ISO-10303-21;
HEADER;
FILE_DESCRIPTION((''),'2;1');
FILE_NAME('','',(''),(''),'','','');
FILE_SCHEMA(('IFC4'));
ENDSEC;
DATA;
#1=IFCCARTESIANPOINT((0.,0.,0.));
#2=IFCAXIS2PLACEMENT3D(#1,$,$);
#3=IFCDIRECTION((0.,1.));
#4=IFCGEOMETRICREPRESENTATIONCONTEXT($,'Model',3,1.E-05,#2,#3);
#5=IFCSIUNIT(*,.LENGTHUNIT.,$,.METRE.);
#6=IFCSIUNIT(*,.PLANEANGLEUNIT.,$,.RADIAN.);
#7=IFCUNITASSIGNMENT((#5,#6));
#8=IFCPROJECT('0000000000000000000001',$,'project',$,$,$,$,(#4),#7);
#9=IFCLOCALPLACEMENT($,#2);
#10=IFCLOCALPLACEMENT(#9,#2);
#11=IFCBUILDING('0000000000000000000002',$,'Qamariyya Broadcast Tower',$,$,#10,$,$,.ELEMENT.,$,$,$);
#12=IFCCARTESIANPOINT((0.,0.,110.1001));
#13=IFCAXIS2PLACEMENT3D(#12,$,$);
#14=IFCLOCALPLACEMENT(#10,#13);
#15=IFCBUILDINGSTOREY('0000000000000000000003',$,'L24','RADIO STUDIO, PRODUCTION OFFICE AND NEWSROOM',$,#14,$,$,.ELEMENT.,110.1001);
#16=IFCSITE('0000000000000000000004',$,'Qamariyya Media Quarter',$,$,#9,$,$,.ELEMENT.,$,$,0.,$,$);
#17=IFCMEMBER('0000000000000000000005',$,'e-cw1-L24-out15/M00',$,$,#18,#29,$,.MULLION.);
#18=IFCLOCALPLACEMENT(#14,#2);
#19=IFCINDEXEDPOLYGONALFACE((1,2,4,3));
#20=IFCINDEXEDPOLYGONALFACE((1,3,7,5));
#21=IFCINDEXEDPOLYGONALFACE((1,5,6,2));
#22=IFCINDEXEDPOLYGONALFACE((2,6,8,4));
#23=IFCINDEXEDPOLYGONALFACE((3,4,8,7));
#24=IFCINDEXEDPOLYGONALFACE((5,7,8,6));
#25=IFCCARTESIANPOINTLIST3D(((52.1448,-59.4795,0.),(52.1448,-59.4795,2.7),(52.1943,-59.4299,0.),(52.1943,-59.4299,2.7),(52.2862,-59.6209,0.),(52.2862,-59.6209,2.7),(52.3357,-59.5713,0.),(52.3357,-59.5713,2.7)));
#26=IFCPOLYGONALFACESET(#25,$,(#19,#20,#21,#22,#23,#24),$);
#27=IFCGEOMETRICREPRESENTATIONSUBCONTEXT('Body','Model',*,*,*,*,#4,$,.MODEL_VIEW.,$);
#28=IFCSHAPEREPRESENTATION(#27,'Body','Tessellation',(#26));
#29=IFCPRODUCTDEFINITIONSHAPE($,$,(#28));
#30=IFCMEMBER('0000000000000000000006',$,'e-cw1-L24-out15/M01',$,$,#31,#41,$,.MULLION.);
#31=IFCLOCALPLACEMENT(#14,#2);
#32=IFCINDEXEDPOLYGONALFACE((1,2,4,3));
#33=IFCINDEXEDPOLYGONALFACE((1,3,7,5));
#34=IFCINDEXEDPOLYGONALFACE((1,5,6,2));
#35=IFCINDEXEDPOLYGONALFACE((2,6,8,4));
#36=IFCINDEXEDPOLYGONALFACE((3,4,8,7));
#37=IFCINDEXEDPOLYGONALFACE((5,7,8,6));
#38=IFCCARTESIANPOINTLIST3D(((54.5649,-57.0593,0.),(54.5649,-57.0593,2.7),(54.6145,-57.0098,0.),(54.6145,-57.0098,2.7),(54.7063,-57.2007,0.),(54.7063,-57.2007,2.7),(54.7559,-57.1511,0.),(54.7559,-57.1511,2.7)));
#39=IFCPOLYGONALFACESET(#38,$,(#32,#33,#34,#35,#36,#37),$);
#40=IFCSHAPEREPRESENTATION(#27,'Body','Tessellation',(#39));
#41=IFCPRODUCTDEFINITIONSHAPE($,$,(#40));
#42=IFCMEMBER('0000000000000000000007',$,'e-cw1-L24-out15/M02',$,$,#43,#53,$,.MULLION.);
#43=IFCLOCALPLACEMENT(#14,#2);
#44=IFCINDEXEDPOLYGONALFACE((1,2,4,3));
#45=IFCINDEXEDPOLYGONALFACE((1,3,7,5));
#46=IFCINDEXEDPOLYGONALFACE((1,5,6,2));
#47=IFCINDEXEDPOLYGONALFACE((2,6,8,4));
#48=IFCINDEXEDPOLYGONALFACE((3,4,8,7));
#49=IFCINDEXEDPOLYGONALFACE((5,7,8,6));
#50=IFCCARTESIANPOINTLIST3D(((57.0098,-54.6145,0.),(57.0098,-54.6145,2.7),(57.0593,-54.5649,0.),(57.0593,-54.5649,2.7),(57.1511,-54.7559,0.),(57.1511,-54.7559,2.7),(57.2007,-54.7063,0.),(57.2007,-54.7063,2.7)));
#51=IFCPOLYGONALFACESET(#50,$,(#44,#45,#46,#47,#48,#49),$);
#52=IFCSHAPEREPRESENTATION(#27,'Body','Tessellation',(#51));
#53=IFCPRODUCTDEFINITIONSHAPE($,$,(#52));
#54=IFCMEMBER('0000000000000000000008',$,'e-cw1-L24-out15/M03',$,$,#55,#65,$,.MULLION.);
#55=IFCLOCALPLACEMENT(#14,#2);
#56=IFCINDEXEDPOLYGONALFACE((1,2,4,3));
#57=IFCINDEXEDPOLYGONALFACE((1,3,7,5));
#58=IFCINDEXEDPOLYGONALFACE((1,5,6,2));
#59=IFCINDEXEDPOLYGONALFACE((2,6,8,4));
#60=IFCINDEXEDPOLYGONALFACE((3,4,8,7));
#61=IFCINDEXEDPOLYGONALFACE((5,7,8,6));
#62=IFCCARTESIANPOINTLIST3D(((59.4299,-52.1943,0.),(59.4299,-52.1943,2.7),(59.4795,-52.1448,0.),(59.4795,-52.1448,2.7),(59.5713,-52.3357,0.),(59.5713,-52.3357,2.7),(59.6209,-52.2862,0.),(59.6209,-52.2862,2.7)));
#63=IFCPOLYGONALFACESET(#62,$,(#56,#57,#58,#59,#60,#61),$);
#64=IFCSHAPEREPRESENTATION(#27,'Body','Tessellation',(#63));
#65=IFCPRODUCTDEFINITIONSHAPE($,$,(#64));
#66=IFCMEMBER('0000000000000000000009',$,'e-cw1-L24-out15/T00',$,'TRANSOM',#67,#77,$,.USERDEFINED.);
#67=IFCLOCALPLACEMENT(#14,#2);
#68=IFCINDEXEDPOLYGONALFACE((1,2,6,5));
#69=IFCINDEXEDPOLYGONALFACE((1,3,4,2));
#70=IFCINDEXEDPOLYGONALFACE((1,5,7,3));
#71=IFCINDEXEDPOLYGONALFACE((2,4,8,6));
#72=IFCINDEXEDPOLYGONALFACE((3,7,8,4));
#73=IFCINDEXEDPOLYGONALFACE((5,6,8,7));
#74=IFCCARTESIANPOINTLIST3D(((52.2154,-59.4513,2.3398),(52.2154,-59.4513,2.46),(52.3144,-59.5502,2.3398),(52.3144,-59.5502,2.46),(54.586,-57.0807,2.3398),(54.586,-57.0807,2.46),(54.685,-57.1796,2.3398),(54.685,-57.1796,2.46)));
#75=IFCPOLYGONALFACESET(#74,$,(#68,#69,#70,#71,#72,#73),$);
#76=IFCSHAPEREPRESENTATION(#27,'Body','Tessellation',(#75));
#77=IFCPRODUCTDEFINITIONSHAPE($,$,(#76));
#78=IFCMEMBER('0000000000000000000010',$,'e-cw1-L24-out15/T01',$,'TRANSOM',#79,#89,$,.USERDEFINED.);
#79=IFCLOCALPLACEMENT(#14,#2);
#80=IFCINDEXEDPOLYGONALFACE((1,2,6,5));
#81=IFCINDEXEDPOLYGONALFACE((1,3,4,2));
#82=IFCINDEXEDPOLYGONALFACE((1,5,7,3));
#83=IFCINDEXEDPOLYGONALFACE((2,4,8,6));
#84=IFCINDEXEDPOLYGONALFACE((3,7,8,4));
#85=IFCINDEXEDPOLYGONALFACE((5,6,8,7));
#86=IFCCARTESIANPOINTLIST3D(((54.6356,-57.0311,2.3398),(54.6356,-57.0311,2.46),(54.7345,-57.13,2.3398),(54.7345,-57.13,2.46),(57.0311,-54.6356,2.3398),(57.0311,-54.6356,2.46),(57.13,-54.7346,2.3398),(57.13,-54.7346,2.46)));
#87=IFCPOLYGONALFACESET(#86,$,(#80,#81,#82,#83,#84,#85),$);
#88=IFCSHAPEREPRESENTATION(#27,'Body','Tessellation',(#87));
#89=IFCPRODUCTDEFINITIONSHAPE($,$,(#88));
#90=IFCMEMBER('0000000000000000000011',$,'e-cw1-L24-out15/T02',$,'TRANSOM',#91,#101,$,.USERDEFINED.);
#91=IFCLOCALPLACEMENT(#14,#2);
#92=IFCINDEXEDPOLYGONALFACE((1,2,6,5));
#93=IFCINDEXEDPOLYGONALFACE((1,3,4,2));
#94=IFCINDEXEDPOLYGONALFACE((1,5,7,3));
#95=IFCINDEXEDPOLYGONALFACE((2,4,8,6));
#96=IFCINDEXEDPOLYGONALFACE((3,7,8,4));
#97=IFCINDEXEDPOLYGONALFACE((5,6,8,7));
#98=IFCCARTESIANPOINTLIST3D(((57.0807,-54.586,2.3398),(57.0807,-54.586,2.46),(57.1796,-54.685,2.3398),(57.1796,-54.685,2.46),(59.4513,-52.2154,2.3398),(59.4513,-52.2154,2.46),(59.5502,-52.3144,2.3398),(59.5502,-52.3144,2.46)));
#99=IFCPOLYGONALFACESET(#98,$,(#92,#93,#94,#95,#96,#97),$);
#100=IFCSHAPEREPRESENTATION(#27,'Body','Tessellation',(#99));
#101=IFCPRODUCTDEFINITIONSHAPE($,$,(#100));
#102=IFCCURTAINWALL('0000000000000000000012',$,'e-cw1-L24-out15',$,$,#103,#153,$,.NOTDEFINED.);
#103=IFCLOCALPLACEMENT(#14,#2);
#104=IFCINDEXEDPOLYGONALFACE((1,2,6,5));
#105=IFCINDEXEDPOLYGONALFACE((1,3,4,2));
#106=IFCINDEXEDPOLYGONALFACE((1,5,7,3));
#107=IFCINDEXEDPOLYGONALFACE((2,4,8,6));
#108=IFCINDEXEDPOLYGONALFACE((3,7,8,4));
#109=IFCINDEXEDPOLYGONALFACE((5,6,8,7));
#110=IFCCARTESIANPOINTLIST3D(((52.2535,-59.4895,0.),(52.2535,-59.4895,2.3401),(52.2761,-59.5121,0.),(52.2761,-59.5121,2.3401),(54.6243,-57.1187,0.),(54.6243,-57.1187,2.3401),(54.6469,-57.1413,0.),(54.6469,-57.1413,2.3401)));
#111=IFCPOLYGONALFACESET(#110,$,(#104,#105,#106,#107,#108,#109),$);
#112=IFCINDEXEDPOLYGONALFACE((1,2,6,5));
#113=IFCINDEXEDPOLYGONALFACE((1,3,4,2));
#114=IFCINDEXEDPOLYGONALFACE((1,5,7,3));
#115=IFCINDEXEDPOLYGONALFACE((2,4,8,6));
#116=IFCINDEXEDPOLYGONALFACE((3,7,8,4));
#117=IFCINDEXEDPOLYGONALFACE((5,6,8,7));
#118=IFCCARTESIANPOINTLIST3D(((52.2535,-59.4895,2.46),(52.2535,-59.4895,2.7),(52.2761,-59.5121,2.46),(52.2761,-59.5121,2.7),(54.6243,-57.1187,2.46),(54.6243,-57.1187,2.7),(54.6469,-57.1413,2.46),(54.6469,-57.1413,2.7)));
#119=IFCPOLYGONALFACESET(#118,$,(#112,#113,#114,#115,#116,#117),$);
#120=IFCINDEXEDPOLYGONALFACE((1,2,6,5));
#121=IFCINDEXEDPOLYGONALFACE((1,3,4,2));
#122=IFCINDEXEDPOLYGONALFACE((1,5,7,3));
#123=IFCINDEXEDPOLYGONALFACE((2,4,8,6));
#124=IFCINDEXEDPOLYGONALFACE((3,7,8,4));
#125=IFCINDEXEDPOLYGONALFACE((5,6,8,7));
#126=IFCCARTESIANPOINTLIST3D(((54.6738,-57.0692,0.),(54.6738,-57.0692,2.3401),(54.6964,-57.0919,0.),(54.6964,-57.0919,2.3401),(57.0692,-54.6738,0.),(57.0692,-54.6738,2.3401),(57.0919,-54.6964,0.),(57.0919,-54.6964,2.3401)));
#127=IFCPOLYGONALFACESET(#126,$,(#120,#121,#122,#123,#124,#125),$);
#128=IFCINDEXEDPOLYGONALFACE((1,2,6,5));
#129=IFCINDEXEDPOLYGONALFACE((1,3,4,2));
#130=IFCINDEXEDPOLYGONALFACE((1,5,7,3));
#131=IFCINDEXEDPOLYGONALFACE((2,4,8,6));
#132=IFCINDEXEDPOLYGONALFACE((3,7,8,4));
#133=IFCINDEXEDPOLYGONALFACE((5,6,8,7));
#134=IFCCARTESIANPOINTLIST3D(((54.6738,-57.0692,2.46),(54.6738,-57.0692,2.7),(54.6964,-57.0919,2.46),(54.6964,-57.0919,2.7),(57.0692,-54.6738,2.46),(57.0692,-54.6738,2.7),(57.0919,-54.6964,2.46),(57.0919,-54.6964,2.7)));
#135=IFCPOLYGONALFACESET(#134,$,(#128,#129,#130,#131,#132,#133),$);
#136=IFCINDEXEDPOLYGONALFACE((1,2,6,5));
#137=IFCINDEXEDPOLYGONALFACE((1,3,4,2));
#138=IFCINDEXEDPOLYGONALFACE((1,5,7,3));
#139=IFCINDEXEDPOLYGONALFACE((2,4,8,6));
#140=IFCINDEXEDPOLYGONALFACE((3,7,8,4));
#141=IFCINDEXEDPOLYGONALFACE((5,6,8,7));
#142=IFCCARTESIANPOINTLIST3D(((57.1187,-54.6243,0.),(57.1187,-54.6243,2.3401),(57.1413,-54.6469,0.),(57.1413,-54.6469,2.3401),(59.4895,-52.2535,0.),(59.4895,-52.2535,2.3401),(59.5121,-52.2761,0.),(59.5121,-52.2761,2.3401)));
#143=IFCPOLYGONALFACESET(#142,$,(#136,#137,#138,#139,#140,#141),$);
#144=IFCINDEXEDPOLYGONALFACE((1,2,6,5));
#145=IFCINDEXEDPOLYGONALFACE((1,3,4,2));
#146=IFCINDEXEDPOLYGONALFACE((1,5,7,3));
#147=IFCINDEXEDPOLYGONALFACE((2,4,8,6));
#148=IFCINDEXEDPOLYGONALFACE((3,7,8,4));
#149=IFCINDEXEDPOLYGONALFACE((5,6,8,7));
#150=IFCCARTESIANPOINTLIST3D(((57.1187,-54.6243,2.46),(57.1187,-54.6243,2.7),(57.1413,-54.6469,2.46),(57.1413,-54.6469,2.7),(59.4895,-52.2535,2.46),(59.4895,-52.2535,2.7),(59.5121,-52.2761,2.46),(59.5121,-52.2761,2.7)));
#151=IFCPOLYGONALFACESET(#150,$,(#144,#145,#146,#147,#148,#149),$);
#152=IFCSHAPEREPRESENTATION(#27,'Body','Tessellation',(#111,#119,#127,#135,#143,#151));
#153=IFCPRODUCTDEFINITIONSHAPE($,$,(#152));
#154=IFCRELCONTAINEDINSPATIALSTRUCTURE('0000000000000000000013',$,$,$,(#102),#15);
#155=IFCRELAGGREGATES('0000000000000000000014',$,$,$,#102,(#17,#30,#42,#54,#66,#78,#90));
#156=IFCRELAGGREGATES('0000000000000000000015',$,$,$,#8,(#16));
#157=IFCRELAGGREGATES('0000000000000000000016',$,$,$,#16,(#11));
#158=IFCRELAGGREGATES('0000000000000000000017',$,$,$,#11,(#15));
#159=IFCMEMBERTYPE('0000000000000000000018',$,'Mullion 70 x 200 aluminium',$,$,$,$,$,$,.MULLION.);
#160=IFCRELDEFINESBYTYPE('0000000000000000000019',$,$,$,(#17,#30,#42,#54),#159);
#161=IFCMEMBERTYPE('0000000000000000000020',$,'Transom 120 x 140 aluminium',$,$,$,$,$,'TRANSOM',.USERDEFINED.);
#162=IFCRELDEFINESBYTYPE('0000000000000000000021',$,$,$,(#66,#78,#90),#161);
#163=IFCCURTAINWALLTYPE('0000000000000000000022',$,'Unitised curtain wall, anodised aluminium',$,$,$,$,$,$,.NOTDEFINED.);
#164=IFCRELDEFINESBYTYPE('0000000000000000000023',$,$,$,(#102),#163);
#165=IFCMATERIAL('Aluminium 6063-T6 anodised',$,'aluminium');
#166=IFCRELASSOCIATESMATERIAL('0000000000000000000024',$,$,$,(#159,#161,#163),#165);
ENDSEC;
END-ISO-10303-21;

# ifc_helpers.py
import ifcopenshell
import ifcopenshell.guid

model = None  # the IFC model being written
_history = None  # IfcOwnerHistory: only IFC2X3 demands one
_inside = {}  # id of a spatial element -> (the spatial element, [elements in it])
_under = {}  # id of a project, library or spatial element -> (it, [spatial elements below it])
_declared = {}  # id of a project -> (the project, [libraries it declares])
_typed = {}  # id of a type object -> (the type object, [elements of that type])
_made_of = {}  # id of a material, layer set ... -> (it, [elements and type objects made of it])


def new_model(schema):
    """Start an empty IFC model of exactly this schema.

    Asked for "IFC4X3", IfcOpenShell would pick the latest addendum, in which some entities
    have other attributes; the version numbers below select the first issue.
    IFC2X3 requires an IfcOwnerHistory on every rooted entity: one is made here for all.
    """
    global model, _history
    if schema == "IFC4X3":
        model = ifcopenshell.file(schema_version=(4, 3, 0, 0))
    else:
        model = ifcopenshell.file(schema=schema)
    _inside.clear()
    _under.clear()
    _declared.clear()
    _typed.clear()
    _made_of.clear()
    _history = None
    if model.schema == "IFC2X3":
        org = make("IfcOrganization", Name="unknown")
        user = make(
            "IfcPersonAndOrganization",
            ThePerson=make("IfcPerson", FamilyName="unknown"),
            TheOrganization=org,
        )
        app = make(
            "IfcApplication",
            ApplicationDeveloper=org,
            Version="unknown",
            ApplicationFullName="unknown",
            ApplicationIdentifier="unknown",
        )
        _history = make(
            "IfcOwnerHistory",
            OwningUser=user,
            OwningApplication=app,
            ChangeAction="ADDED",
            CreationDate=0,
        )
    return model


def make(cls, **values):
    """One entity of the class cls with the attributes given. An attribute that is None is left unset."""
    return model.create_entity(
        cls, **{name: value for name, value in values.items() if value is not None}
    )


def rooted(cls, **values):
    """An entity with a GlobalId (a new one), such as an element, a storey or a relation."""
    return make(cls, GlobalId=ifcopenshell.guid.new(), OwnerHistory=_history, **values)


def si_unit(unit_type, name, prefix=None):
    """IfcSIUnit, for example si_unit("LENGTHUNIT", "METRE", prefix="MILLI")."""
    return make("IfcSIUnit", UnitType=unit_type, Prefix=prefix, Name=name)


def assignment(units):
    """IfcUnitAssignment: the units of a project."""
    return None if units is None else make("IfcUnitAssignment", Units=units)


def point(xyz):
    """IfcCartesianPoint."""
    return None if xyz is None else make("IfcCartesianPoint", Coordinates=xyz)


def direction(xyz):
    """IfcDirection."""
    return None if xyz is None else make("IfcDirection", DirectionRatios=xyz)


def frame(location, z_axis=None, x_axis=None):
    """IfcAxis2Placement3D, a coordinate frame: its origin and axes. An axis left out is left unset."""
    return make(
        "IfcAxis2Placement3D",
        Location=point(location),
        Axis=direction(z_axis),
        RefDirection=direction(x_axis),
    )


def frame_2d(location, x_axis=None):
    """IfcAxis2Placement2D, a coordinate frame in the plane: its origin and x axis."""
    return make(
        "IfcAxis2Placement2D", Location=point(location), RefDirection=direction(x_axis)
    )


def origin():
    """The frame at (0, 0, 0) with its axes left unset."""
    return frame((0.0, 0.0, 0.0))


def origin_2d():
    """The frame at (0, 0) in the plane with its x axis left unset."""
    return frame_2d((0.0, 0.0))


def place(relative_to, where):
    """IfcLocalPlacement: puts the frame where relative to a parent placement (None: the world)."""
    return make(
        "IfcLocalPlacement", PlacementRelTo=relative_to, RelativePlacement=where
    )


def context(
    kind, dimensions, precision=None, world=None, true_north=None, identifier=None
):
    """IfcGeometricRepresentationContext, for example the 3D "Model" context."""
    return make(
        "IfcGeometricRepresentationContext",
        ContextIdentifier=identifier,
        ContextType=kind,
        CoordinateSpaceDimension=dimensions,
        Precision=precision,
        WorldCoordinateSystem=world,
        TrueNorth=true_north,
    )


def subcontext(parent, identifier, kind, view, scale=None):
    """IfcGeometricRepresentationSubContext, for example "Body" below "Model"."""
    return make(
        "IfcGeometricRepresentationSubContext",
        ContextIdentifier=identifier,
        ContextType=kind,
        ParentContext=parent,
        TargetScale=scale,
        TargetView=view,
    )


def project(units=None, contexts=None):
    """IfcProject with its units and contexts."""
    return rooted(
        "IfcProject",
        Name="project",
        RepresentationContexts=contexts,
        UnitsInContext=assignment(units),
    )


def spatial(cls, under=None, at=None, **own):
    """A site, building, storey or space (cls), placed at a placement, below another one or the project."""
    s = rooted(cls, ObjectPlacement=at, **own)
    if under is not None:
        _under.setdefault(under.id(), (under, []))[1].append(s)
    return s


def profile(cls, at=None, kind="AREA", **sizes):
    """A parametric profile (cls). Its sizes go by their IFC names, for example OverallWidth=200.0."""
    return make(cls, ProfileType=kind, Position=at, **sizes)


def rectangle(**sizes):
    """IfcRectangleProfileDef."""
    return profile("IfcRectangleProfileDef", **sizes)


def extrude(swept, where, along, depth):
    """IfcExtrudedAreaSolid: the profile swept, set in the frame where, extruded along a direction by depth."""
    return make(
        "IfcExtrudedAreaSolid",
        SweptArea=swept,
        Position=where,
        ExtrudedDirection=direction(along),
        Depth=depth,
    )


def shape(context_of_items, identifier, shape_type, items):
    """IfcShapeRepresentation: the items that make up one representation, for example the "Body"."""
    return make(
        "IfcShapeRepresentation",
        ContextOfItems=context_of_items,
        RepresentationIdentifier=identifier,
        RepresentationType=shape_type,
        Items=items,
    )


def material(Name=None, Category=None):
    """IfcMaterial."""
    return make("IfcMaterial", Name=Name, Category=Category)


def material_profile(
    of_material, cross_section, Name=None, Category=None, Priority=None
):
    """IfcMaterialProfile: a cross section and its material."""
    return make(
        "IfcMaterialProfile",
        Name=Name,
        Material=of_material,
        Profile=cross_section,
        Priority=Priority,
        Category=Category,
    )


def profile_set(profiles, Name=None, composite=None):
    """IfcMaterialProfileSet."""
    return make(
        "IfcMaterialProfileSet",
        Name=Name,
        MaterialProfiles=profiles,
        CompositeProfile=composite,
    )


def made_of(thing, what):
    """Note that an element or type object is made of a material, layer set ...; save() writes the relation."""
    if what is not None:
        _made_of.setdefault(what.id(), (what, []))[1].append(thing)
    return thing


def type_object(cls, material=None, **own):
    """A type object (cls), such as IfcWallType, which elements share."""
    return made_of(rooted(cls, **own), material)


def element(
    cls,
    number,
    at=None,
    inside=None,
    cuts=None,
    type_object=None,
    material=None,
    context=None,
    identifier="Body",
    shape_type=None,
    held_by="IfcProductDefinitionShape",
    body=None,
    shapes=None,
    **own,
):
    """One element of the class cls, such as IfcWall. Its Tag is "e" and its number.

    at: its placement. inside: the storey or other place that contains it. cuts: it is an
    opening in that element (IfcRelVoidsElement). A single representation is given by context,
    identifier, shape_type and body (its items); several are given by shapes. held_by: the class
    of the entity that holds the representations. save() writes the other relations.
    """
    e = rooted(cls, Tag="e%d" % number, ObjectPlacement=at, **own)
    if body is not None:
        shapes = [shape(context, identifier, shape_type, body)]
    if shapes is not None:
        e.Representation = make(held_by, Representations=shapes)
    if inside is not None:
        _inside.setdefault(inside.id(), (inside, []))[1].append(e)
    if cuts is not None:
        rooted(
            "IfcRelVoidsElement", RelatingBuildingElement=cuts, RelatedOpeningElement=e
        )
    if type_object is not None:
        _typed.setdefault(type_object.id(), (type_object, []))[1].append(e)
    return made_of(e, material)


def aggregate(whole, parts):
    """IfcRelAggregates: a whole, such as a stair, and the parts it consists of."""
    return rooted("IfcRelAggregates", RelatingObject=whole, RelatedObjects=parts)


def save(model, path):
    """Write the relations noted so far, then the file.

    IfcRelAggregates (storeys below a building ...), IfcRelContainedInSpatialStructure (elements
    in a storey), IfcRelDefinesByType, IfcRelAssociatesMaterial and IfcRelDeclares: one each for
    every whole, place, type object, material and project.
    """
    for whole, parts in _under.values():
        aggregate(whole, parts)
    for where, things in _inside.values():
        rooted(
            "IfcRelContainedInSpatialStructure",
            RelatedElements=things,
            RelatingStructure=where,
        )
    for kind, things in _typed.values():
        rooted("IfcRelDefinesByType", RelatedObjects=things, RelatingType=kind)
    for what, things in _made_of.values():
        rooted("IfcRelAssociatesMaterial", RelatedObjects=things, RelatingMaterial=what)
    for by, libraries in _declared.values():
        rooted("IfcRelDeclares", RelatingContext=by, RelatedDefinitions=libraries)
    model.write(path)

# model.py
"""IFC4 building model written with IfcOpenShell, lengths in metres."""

from ifc_helpers import new_model, si_unit, direction, frame, origin, origin_2d, place, context, subcontext, project, spatial, rectangle, extrude, material, material_profile, profile_set, type_object, element, aggregate, save


model = new_model("IFC4")

# Units and contexts
model_context = context("Model", 3, precision=1e-05, world=origin(), true_north=direction((0.0, 1.0)))
body_context = subcontext(model_context, "Body", "Model", "MODEL_VIEW")
ifc_project = project(units=[si_unit("LENGTHUNIT", "METRE"), si_unit("PLANEANGLEUNIT", "RADIAN")], contexts=[model_context])

# Members
ifc_material_1 = material(Name="Aluminium 6063-T6 anodised", Category="aluminium")
ifc_material_profile_1 = material_profile(ifc_material_1, rectangle(XDim=0.2, YDim=0.0701, at=origin_2d()))
ifc_profile_set_1 = profile_set([ifc_material_profile_1], Name="Aluminium 6063-T6 anodised")
member_type_1 = type_object("IfcMemberType", Name="Mullion 70 x 200 aluminium", PredefinedType="MULLION", material=ifc_profile_set_1)
site_placement = place(None, origin())
building_placement = place(site_placement, origin())
storey_placement = place(building_placement, frame((0.0, 0.0, 110.1001)))
member_1_placement = place(storey_placement, frame((52.2402, -59.5254, 0.0), z_axis=(0.0, 0.0, 1.0), x_axis=(-0.707107, 0.707107, 0.0)))
member_1 = element("IfcMember", 1, at=member_1_placement, type_object=member_type_1, Name="e-cw1-L24-out15/M00", PredefinedType="MULLION", context=body_context, shape_type="SweptSolid", body=[
    extrude(rectangle(XDim=0.2, YDim=0.0701, at=origin_2d()), origin(), (0.0, 0.0, 1.0), 2.7),
])
member_2_placement = place(storey_placement, frame((54.6604, -57.1052, 0.0), z_axis=(0.0, 0.0, 1.0), x_axis=(-0.707107, 0.707107, 0.0)))
member_2 = element("IfcMember", 2, at=member_2_placement, type_object=member_type_1, Name="e-cw1-L24-out15/M01", PredefinedType="MULLION", context=body_context, shape_type="SweptSolid", body=[
    extrude(rectangle(XDim=0.2, YDim=0.0701, at=origin_2d()), origin(), (0.0, 0.0, 1.0), 2.7),
])
member_3_placement = place(storey_placement, frame((57.1052, -54.6604, 0.0), z_axis=(0.0, 0.0, 1.0), x_axis=(-0.707107, 0.707107, 0.0)))
member_3 = element("IfcMember", 3, at=member_3_placement, type_object=member_type_1, Name="e-cw1-L24-out15/M02", PredefinedType="MULLION", context=body_context, shape_type="SweptSolid", body=[
    extrude(rectangle(XDim=0.2, YDim=0.0701, at=origin_2d()), origin(), (0.0, 0.0, 1.0), 2.7),
])
member_4_placement = place(storey_placement, frame((59.5254, -52.2402, 0.0), z_axis=(0.0, 0.0, 1.0), x_axis=(-0.707107, 0.707107, 0.0)))
member_4 = element("IfcMember", 4, at=member_4_placement, type_object=member_type_1, Name="e-cw1-L24-out15/M03", PredefinedType="MULLION", context=body_context, shape_type="SweptSolid", body=[
    extrude(rectangle(XDim=0.2, YDim=0.0701, at=origin_2d()), origin(), (0.0, 0.0, 1.0), 2.7),
])
ifc_material_profile_2 = material_profile(ifc_material_1, rectangle(XDim=0.1399, YDim=0.1201, at=origin_2d()))
ifc_profile_set_2 = profile_set([ifc_material_profile_2], Name="Aluminium 6063-T6 anodised")
member_type_2 = type_object("IfcMemberType", Name="Transom 120 x 140 aluminium", ElementType="TRANSOM", PredefinedType="USERDEFINED", material=ifc_profile_set_2)
member_5_placement = place(storey_placement, frame((52.2649, -59.5007, 2.3999), z_axis=(0.707107, 0.707107, 0.0), x_axis=(-0.707107, 0.707107, 0.0)))
member_5 = element("IfcMember", 5, at=member_5_placement, type_object=member_type_2, Name="e-cw1-L24-out15/T00", ObjectType="TRANSOM", PredefinedType="USERDEFINED", context=body_context, shape_type="SweptSolid", body=[
    extrude(rectangle(XDim=0.1399, YDim=0.1201, at=origin_2d()), origin(), (0.0, 0.0, 1.0), 3.3525),
])
member_6_placement = place(storey_placement, frame((54.6851, -57.0806, 2.3999), z_axis=(0.707107, 0.707107, 0.0), x_axis=(-0.707107, 0.707107, 0.0)))
member_6 = element("IfcMember", 6, at=member_6_placement, type_object=member_type_2, Name="e-cw1-L24-out15/T01", ObjectType="TRANSOM", PredefinedType="USERDEFINED", context=body_context, shape_type="SweptSolid", body=[
    extrude(rectangle(XDim=0.1399, YDim=0.1201, at=origin_2d()), origin(), (0.0, 0.0, 1.0), 3.3877),
])
member_7_placement = place(storey_placement, frame((57.1301, -54.6355, 2.3999), z_axis=(0.707107, 0.707107, 0.0), x_axis=(-0.707107, 0.707107, 0.0)))
member_7 = element("IfcMember", 7, at=member_7_placement, type_object=member_type_2, Name="e-cw1-L24-out15/T02", ObjectType="TRANSOM", PredefinedType="USERDEFINED", context=body_context, shape_type="SweptSolid", body=[
    extrude(rectangle(XDim=0.1399, YDim=0.1201, at=origin_2d()), origin(), (0.0, 0.0, 1.0), 3.3525),
])

# Site, building, storey
site = spatial("IfcSite", under=ifc_project, at=site_placement, Name="Qamariyya Media Quarter", CompositionType="ELEMENT", RefElevation=0.0)
building = spatial("IfcBuilding", under=site, at=building_placement, Name="Qamariyya Broadcast Tower", CompositionType="ELEMENT")
storey = spatial("IfcBuildingStorey", under=building, at=storey_placement, Name="L24", Description="RADIO STUDIO, PRODUCTION OFFICE AND NEWSROOM", CompositionType="ELEMENT", Elevation=110.1001)

# Curtain wall
curtain_wall_type = type_object("IfcCurtainWallType", Name="Unitised curtain wall, anodised aluminium", PredefinedType="NOTDEFINED", material=ifc_material_1)
curtain_wall_1_placement = place(storey_placement, origin())
curtain_wall_1 = element("IfcCurtainWall", 8, at=curtain_wall_1_placement, inside=storey, type_object=curtain_wall_type, Name="e-cw1-L24-out15", PredefinedType="NOTDEFINED", context=body_context, shape_type="SweptSolid", body=[
    extrude(rectangle(XDim=3.3528, YDim=0.032, at=origin_2d()), frame((53.4502, -58.3154, 0.0), x_axis=(0.707107, 0.707107, 0.0)), (0.0, 0.0, 1.0), 2.3401),
    extrude(rectangle(XDim=3.3528, YDim=0.032, at=origin_2d()), frame((53.4502, -58.3154, 2.46), x_axis=(0.707107, 0.707107, 0.0)), (0.0, 0.0, 1.0), 0.24),
    extrude(rectangle(XDim=3.3877, YDim=0.032, at=origin_2d()), frame((55.8828, -55.8828, 0.0), x_axis=(0.707107, 0.707107, 0.0)), (0.0, 0.0, 1.0), 2.3401),
    extrude(rectangle(XDim=3.3877, YDim=0.032, at=origin_2d()), frame((55.8828, -55.8828, 2.46), x_axis=(0.707107, 0.707107, 0.0)), (0.0, 0.0, 1.0), 0.24),
    extrude(rectangle(XDim=3.3528, YDim=0.032, at=origin_2d()), frame((58.3154, -53.4502, 0.0), x_axis=(0.707107, 0.707107, 0.0)), (0.0, 0.0, 1.0), 2.3401),
    extrude(rectangle(XDim=3.3528, YDim=0.032, at=origin_2d()), frame((58.3154, -53.4502, 2.46), x_axis=(0.707107, 0.707107, 0.0)), (0.0, 0.0, 1.0), 0.24),
])
aggregate(curtain_wall_1, [member_1, member_2, member_3, member_4, member_5, member_6, member_7])

save(model, "model.ifc")
